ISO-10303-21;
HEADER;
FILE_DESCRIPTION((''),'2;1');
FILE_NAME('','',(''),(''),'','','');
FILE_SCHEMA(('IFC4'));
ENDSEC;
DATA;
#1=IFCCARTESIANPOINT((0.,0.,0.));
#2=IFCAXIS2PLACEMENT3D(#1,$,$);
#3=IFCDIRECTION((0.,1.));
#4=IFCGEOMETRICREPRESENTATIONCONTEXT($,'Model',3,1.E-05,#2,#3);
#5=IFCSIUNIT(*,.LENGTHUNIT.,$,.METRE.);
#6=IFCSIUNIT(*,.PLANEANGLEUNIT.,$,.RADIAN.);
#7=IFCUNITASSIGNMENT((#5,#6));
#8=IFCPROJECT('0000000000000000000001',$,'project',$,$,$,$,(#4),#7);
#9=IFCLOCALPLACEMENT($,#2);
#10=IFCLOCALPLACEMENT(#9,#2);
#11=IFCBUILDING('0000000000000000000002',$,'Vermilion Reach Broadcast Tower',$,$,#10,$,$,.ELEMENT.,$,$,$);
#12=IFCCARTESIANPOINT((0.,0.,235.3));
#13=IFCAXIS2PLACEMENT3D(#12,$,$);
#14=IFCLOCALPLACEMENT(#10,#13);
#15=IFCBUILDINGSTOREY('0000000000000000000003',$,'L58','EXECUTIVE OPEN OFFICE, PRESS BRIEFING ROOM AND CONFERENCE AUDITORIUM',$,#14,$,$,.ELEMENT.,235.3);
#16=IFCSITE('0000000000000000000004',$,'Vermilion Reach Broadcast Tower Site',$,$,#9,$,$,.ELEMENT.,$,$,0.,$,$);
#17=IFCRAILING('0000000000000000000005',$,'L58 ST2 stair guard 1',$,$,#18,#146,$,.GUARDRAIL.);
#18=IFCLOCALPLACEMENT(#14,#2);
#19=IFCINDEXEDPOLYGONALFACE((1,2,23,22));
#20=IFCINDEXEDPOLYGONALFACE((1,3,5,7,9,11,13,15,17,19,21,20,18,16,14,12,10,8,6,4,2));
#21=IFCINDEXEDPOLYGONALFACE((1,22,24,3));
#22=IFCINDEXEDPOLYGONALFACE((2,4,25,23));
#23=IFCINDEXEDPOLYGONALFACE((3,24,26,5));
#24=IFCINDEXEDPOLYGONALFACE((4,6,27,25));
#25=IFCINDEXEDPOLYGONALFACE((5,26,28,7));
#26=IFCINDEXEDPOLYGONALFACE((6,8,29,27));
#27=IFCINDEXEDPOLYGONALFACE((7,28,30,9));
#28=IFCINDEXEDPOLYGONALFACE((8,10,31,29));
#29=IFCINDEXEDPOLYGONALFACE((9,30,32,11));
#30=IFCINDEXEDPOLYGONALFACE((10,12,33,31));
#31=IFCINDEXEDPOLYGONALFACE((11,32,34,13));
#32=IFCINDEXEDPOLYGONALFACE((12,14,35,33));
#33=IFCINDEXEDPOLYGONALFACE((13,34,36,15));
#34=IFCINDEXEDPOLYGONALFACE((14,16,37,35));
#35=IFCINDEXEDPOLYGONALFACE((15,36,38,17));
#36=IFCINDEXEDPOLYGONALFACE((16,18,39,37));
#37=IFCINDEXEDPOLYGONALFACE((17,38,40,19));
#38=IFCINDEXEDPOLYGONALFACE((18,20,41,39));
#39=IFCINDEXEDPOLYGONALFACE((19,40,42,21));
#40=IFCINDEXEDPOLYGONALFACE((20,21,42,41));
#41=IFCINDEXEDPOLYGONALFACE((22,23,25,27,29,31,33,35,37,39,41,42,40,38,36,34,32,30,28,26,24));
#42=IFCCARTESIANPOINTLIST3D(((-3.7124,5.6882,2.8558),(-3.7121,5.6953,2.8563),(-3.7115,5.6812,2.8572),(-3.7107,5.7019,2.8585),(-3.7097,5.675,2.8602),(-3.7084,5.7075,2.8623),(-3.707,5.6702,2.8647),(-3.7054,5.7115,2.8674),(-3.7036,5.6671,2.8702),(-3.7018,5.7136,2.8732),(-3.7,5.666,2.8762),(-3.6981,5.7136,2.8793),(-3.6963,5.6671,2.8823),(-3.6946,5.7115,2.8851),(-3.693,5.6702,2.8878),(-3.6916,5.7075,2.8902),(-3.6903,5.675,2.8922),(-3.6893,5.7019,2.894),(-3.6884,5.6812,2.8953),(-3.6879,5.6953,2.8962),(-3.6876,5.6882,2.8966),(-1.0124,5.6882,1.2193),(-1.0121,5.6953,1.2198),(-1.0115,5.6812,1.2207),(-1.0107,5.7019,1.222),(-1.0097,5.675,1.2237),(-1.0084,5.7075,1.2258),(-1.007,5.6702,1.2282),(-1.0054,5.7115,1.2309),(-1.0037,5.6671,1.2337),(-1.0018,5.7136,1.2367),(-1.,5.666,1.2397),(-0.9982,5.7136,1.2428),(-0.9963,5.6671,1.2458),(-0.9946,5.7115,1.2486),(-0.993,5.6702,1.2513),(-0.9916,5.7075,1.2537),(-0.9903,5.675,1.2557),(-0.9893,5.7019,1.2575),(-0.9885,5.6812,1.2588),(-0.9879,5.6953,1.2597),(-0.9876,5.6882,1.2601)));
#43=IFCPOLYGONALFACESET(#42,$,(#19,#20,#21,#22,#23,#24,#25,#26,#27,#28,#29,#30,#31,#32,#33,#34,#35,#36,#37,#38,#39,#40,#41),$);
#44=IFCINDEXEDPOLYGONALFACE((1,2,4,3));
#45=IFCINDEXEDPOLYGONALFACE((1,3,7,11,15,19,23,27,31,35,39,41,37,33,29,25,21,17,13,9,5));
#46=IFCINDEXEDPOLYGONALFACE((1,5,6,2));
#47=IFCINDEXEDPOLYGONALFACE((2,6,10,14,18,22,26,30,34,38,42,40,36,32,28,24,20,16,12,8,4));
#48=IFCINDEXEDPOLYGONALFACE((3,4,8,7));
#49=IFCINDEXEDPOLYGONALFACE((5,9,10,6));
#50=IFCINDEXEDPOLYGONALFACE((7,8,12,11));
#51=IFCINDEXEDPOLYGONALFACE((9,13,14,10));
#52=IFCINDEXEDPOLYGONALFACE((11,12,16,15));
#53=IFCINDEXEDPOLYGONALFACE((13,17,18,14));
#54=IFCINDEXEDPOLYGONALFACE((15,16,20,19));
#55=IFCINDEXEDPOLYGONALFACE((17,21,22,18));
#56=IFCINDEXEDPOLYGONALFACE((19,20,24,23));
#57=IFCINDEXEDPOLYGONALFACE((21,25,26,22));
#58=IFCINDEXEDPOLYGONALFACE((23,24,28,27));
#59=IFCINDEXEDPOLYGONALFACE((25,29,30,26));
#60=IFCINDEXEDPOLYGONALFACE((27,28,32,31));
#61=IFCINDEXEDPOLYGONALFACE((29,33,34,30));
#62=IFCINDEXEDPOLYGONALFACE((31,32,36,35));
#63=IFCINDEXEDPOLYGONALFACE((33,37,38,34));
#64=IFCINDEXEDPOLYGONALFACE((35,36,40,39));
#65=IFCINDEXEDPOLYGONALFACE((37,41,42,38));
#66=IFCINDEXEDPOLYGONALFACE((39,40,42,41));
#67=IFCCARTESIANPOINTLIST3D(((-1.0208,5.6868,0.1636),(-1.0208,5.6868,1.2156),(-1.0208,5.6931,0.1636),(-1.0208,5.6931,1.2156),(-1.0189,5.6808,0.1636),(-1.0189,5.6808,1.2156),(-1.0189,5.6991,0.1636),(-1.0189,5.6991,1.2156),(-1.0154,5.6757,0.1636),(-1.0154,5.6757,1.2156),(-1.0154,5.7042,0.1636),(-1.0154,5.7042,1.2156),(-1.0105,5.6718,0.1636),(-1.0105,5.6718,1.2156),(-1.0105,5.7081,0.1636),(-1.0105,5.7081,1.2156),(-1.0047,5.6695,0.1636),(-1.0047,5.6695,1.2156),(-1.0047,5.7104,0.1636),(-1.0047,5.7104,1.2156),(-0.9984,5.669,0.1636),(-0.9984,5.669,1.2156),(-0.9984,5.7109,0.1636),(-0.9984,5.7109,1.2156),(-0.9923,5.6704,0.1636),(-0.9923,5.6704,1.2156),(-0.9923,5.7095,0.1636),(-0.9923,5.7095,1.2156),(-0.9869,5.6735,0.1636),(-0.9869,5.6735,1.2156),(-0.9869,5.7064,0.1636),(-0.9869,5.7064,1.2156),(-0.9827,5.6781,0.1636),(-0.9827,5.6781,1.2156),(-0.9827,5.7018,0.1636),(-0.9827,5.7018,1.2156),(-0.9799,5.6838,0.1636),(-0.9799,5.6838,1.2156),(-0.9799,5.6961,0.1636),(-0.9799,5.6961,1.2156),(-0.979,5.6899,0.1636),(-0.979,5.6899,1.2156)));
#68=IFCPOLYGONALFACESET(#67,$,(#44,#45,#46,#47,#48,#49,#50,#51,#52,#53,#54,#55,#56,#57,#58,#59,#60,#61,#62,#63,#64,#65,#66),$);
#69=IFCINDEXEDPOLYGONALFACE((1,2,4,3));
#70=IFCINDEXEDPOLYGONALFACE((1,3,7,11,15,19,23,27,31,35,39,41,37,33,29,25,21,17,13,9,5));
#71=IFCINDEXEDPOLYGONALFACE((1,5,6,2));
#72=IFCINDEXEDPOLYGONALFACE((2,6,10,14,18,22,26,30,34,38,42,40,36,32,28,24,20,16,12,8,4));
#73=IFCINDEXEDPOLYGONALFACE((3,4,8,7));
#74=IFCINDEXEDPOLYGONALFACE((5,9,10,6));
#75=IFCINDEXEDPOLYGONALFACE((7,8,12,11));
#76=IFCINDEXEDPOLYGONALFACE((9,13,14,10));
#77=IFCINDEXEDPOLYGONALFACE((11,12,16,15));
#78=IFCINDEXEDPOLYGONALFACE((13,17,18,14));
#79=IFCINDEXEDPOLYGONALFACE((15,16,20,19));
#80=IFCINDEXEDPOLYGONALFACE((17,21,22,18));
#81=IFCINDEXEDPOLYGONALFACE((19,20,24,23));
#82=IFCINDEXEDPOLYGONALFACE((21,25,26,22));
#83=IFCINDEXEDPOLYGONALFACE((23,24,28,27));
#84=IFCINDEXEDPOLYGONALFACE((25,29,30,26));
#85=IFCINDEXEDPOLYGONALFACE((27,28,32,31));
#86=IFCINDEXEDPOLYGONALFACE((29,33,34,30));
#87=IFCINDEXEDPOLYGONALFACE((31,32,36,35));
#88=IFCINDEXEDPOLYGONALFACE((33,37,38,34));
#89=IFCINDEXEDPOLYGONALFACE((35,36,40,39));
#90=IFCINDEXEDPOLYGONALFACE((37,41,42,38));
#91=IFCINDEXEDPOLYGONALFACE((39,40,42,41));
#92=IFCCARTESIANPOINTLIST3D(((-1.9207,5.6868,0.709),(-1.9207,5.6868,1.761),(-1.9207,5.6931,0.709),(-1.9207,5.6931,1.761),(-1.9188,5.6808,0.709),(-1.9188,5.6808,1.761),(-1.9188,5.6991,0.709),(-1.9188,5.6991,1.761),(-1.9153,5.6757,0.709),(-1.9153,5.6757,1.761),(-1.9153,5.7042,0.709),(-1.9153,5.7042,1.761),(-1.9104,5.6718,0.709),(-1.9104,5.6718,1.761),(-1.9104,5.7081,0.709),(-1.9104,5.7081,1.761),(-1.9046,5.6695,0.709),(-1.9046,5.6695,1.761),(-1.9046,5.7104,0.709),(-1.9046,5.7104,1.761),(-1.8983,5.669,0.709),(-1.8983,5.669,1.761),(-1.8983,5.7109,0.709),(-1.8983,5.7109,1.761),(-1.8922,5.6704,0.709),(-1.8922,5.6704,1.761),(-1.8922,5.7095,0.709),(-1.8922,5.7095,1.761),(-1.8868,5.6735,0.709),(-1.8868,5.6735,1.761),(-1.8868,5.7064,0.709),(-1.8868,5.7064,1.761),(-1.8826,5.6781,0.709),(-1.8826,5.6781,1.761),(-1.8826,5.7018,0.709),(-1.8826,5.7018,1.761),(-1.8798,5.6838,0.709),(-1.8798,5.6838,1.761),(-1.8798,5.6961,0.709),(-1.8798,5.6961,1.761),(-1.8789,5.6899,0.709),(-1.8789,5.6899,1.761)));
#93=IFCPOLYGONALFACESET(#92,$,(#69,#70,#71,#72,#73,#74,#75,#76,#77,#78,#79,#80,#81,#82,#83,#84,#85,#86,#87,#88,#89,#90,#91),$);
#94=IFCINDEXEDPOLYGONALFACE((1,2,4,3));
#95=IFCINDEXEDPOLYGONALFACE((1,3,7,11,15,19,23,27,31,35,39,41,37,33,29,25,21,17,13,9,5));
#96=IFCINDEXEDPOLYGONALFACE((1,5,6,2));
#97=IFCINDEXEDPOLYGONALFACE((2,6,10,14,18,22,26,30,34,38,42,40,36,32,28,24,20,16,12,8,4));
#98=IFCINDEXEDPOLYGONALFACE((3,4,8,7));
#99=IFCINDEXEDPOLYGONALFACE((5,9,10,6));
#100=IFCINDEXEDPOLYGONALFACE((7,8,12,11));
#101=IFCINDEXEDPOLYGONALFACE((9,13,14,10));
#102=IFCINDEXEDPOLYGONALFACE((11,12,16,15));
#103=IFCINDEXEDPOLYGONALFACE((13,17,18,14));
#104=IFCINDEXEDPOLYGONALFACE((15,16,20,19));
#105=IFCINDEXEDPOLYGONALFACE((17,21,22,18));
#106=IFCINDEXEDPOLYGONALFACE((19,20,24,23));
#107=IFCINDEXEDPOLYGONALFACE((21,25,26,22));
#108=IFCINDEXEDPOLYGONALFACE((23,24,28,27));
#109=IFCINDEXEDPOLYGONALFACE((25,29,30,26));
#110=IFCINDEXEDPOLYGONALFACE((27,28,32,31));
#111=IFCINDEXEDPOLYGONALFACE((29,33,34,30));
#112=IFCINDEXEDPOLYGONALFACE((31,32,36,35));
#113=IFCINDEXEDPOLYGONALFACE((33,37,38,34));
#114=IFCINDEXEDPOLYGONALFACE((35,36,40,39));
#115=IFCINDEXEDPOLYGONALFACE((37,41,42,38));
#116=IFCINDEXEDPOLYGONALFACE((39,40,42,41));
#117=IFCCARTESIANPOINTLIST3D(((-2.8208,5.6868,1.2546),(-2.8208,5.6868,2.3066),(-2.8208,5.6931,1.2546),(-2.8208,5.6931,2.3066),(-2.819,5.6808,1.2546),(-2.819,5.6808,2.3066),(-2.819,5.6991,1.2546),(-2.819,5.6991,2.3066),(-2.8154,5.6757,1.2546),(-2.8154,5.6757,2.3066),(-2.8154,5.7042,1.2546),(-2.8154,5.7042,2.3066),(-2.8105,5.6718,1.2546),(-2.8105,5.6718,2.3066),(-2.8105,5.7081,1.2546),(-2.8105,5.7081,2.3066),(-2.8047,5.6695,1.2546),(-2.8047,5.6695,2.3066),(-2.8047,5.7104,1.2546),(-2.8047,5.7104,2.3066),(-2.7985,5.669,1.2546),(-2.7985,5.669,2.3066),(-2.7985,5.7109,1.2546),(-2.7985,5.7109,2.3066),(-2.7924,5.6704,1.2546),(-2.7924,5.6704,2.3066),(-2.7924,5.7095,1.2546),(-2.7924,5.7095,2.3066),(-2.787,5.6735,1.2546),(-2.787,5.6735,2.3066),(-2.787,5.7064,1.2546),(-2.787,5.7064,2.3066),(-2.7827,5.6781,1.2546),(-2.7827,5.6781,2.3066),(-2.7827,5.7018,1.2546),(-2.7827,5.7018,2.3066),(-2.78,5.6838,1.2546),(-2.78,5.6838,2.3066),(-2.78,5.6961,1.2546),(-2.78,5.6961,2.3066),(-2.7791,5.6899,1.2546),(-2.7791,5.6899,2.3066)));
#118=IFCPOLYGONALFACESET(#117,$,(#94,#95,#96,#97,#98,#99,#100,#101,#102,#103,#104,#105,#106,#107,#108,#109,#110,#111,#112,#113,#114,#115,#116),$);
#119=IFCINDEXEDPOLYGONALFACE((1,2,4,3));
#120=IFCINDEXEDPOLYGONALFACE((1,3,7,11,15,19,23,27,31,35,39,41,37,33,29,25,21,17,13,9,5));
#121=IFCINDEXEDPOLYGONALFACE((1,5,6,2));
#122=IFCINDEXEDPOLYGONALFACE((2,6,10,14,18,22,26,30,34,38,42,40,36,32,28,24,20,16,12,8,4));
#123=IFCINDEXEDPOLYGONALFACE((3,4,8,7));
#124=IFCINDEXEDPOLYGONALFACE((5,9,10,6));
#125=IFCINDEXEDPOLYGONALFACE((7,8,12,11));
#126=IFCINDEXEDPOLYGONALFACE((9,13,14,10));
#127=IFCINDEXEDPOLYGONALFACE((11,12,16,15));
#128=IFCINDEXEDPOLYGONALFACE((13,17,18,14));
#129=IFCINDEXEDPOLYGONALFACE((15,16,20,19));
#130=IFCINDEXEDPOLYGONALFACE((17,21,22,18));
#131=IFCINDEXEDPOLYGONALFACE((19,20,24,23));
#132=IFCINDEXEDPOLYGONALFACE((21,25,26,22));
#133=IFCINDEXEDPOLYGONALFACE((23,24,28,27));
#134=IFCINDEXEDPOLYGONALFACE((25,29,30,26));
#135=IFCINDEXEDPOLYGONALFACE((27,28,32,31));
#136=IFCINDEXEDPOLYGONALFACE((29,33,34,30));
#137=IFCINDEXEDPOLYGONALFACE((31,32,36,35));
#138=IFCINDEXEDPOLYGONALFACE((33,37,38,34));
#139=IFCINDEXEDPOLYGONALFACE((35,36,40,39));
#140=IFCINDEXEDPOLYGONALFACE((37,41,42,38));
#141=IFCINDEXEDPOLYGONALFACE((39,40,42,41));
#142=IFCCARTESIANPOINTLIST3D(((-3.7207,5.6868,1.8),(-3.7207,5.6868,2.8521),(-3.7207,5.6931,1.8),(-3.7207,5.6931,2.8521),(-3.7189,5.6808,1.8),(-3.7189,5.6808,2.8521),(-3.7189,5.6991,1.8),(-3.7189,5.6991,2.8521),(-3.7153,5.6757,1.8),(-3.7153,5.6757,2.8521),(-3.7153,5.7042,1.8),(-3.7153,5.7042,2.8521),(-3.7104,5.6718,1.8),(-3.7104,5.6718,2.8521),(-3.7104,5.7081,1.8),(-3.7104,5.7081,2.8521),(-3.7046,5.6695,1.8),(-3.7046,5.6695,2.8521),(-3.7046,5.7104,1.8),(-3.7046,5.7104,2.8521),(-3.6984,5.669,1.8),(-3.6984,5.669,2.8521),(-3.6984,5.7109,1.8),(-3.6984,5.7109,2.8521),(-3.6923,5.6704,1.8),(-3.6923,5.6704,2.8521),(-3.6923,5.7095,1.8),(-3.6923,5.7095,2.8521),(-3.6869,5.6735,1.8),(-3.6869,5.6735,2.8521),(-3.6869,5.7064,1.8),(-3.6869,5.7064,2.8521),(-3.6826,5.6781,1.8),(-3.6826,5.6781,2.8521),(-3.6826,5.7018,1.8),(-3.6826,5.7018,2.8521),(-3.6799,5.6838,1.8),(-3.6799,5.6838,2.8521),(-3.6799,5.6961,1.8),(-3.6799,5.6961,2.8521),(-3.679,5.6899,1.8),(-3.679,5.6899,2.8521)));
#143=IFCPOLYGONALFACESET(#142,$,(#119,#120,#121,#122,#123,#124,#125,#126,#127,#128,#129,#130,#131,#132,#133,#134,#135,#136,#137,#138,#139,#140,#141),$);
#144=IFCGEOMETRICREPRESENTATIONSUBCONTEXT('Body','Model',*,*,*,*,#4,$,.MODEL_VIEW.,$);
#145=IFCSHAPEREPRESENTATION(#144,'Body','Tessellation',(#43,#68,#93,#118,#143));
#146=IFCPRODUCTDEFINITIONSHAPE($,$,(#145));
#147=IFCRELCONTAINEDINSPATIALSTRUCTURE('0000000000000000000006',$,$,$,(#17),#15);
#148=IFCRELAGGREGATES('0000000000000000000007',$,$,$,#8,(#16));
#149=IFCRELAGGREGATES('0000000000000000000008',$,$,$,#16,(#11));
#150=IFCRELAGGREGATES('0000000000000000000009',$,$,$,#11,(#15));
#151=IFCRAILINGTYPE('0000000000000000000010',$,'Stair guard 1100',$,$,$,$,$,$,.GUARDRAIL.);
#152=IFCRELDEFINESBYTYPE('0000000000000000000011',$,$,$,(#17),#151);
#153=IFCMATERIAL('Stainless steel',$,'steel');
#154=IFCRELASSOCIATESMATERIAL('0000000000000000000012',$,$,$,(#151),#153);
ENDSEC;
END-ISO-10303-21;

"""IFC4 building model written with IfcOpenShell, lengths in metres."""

from ifc_helpers import new_model, si_unit, direction, frame, origin, origin_2d, place, context, subcontext, project, spatial, circle, extrude, material, type_object, element, save


model = new_model("IFC4")

# Units and contexts
model_context = context("Model", 3, precision=1e-05, world=origin(), true_north=direction((0.0, 1.0)))
body_context = subcontext(model_context, "Body", "Model", "MODEL_VIEW")
ifc_project = project(units=[si_unit("LENGTHUNIT", "METRE"), si_unit("PLANEANGLEUNIT", "RADIAN")], contexts=[model_context])

# Site, building, storey
site_placement = place(None, origin())
site = spatial("IfcSite", under=ifc_project, at=site_placement, Name="Vermilion Reach Broadcast Tower Site", CompositionType="ELEMENT", RefElevation=0.0)
building_placement = place(site_placement, origin())
building = spatial("IfcBuilding", under=site, at=building_placement, Name="Vermilion Reach Broadcast Tower", CompositionType="ELEMENT")
storey_placement = place(building_placement, frame((0.0, 0.0, 235.3)))
storey = spatial("IfcBuildingStorey", under=building, at=storey_placement, Name="L58", Description="EXECUTIVE OPEN OFFICE, PRESS BRIEFING ROOM AND CONFERENCE AUDITORIUM", CompositionType="ELEMENT", Elevation=235.3)

# Railing
ifc_material_1 = material(Name="Stainless steel", Category="steel")
railing_type_1 = type_object("IfcRailingType", Name="Stair guard 1100", PredefinedType="GUARDRAIL", material=ifc_material_1)
railing_1_placement = place(storey_placement, frame((-1.0, 5.6899, 0.1636)))
element("IfcRailing", 1, at=railing_1_placement, inside=storey, type_object=railing_type_1, Name="L58 ST2 stair guard 1", PredefinedType="GUARDRAIL", context=body_context, shape_type="SweptSolid", body=[
    extrude(circle(Radius=0.0239, at=origin_2d()), frame((0.0, 0.0, 1.0762), z_axis=(-0.855178, 0.0, 0.518334), x_axis=(0.0, -1.0, 0.0)), (0.0, 0.0, 1.0), 3.1572),
    extrude(circle(Radius=0.021, at=origin_2d()), origin(), (0.0, 0.0, 1.0), 1.052),
    extrude(circle(Radius=0.021, at=origin_2d()), frame((-0.8999, 0.0, 0.5454)), (0.0, 0.0, 1.0), 1.052),
    extrude(circle(Radius=0.021, at=origin_2d()), frame((-1.8, 0.0, 1.0911)), (0.0, 0.0, 1.0), 1.052),
    extrude(circle(Radius=0.021, at=origin_2d()), frame((-2.7, 0.0, 1.6365)), (0.0, 0.0, 1.0), 1.052),
])

save(model, "model.ifc")
